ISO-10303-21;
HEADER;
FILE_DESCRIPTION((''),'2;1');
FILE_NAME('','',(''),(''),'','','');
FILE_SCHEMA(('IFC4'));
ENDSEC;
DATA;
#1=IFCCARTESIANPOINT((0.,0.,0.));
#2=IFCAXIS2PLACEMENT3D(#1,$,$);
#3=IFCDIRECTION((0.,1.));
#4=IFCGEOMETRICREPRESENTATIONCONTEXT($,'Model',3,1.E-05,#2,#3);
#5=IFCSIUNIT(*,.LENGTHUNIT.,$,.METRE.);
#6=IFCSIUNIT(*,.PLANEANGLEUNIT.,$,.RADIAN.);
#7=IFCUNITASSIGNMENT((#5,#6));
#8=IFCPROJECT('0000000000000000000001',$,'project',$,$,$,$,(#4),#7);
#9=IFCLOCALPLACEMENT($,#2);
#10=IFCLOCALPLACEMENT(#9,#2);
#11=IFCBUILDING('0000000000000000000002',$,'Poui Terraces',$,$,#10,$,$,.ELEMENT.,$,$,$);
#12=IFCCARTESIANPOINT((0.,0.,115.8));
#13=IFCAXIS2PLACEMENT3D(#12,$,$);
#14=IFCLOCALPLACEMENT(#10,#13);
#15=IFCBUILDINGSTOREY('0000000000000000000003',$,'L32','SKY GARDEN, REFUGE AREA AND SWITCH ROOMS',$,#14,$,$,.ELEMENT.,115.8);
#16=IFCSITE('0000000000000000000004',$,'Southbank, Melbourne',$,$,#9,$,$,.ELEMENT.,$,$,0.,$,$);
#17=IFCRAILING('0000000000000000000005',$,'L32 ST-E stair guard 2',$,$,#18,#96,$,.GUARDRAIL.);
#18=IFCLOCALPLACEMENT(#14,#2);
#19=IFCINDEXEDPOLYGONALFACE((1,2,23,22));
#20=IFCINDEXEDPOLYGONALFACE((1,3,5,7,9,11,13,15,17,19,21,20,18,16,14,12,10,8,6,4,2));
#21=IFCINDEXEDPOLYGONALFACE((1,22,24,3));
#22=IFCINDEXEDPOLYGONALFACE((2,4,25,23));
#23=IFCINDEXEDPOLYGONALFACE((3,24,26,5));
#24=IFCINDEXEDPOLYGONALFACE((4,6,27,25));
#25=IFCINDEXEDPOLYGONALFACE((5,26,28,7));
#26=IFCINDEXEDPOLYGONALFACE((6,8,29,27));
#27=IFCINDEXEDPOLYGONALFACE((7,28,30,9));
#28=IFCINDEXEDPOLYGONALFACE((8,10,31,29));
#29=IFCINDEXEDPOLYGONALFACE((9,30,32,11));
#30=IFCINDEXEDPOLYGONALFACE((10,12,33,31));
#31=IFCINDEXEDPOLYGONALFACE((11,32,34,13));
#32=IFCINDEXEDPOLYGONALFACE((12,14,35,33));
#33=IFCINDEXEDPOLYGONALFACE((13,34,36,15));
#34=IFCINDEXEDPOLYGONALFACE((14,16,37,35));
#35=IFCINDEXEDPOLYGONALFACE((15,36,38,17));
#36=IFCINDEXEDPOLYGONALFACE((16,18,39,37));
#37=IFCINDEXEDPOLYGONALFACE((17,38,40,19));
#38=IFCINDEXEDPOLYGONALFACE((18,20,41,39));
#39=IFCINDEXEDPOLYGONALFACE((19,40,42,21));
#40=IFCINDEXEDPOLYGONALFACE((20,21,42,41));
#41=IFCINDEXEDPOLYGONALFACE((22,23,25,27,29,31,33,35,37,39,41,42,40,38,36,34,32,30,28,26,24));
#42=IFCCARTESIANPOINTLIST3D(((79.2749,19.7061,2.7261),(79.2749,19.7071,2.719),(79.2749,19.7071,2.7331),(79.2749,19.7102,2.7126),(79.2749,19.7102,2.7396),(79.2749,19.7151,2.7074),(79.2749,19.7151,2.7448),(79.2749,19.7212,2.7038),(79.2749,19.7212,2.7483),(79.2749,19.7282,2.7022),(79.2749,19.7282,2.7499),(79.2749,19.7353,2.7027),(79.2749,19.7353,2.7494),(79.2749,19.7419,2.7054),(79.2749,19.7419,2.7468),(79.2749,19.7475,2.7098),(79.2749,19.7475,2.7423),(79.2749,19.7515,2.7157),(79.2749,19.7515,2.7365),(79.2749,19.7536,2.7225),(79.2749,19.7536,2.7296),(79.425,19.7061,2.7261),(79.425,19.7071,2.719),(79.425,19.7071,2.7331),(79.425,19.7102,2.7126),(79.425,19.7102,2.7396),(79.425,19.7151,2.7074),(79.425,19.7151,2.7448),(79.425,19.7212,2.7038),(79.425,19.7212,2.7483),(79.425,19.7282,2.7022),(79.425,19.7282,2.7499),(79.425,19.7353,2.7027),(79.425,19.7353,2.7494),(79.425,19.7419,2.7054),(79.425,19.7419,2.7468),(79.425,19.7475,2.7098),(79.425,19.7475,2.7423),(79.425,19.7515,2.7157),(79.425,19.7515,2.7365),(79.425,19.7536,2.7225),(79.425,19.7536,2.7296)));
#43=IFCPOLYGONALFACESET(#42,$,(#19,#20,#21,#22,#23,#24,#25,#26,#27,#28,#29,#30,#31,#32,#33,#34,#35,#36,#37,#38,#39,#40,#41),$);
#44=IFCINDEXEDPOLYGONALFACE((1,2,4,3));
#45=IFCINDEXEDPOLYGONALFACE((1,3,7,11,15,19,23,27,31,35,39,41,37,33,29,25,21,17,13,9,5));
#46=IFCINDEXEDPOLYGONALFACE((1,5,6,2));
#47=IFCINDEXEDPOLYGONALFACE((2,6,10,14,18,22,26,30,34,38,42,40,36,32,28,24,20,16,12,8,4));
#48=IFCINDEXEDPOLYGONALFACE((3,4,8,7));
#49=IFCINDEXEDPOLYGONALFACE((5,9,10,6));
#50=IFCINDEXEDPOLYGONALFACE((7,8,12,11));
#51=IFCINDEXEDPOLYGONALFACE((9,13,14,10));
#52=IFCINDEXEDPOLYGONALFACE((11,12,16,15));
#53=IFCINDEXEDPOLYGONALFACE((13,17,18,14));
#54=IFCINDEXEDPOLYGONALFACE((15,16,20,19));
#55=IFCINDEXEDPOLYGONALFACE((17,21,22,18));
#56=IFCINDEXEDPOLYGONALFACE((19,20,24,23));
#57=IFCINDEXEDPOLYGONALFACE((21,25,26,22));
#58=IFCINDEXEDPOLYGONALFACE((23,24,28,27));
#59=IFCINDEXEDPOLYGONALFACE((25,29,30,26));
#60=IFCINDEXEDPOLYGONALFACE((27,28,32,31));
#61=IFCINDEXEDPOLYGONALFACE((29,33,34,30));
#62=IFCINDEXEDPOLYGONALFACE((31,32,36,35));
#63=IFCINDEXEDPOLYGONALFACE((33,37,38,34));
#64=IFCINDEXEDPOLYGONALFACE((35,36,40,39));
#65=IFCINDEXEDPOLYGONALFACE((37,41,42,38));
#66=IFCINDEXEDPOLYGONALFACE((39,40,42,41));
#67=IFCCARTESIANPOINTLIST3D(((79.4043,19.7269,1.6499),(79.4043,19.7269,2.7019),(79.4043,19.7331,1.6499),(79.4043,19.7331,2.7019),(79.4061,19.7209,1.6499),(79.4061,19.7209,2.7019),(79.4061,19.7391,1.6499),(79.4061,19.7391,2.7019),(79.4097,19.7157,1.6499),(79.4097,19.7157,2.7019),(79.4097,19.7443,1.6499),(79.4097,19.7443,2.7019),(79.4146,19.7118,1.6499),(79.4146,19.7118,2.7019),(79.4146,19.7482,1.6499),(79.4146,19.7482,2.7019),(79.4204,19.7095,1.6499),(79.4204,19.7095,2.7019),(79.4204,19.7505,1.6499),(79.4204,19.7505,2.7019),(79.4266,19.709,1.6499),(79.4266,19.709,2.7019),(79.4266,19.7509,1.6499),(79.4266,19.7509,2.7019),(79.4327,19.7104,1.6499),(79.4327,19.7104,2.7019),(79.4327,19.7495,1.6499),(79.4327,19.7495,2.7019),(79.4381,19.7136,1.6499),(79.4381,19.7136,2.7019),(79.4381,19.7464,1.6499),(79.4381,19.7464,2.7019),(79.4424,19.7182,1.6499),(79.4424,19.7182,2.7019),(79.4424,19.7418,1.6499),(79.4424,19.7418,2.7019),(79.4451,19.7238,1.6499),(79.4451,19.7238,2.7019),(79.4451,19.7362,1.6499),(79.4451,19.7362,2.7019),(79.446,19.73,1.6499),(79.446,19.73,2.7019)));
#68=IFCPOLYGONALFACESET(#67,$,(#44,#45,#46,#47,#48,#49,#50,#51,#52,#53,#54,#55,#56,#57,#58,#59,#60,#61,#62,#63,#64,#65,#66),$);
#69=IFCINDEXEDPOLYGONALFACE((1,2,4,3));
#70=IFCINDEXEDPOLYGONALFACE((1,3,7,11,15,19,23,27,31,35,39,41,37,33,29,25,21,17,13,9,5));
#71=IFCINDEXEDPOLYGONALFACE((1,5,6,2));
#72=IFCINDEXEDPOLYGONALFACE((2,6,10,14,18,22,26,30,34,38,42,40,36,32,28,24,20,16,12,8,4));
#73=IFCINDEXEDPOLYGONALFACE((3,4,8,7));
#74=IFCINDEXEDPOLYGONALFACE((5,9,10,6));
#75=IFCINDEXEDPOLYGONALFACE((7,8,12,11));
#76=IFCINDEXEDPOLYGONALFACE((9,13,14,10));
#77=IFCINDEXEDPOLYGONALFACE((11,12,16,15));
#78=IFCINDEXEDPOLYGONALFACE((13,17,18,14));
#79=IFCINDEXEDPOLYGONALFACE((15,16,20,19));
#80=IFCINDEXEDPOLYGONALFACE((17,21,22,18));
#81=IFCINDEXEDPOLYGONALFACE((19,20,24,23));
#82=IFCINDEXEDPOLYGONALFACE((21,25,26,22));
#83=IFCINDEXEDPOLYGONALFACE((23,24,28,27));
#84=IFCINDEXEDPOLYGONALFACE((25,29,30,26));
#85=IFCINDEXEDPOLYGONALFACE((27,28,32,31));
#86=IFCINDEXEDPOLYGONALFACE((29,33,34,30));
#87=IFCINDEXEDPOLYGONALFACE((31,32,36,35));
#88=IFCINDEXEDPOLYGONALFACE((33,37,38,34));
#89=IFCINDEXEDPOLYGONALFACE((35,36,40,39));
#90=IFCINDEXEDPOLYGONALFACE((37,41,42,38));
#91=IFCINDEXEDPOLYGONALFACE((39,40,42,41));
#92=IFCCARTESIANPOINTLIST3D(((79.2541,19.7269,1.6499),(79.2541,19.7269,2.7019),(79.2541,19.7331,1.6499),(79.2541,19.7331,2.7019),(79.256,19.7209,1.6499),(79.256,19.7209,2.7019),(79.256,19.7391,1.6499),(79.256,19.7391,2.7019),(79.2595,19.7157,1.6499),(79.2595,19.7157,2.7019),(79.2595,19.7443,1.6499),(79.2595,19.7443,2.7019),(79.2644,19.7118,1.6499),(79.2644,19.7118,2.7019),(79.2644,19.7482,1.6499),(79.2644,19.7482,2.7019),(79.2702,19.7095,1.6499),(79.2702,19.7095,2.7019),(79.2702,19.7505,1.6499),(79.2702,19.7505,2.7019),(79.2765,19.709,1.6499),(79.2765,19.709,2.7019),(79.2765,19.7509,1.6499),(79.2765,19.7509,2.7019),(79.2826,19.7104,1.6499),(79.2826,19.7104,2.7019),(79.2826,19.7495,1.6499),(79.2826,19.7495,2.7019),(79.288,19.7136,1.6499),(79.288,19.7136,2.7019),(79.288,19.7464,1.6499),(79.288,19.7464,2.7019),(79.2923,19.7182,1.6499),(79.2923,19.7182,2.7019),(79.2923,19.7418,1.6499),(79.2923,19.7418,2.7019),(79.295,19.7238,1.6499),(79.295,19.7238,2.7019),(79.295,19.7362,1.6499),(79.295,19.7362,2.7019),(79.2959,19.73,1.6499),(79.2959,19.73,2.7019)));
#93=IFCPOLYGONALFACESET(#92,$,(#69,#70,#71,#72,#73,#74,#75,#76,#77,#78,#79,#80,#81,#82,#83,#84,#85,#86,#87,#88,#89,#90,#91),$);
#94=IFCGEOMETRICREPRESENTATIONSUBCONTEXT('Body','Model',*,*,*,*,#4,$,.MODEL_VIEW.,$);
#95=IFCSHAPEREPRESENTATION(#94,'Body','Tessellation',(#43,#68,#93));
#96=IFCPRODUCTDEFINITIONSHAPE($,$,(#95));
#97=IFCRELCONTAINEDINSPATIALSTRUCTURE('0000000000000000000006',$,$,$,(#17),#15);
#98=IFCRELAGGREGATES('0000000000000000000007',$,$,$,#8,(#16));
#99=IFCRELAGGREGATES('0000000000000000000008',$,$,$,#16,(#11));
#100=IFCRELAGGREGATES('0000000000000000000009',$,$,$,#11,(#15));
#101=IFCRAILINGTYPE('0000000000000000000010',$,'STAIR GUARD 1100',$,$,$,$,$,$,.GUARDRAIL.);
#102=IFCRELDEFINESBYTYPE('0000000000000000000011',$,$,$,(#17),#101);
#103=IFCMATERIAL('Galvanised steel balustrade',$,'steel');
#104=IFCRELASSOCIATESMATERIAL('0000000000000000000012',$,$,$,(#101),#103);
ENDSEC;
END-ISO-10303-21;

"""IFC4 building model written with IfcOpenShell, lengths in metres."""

from ifc_helpers import new_model, si_unit, direction, frame, origin, origin_2d, place, context, subcontext, project, spatial, circle, extrude, material, type_object, element, save


model = new_model("IFC4")

# Units and contexts
model_context = context("Model", 3, precision=1e-05, world=origin(), true_north=direction((0.0, 1.0)))
body_context = subcontext(model_context, "Body", "Model", "MODEL_VIEW")
ifc_project = project(units=[si_unit("LENGTHUNIT", "METRE"), si_unit("PLANEANGLEUNIT", "RADIAN")], contexts=[model_context])

# Site, building, storey
site_placement = place(None, origin())
site = spatial("IfcSite", under=ifc_project, at=site_placement, Name="Southbank, Melbourne", CompositionType="ELEMENT", RefElevation=0.0)
building_placement = place(site_placement, origin())
building = spatial("IfcBuilding", under=site, at=building_placement, Name="Poui Terraces", CompositionType="ELEMENT")
storey_placement = place(building_placement, frame((0.0, 0.0, 115.8)))
storey = spatial("IfcBuildingStorey", under=building, at=storey_placement, Name="L32", Description="SKY GARDEN, REFUGE AREA AND SWITCH ROOMS", CompositionType="ELEMENT", Elevation=115.8)

# Railing
ifc_material_1 = material(Name="Galvanised steel balustrade", Category="steel")
railing_type_1 = type_object("IfcRailingType", Name="STAIR GUARD 1100", PredefinedType="GUARDRAIL", material=ifc_material_1)
railing_1_placement = place(storey_placement, frame((79.425, 19.73, 1.6499)))
element("IfcRailing", 1, at=railing_1_placement, inside=storey, type_object=railing_type_1, Name="L32 ST-E stair guard 2", PredefinedType="GUARDRAIL", context=body_context, shape_type="SweptSolid", body=[
    extrude(circle(Radius=0.0239, at=origin_2d()), frame((0.0, 0.0, 1.0762), z_axis=(-1.0, 0.0, 0.0), x_axis=(0.0, -1.0, 0.0)), (0.0, 0.0, 1.0), 0.1501),
    extrude(circle(Radius=0.021, at=origin_2d()), origin(), (0.0, 0.0, 1.0), 1.052),
    extrude(circle(Radius=0.021, at=origin_2d()), frame((-0.1501, 0.0, 0.0)), (0.0, 0.0, 1.0), 1.052),
])

save(model, "model.ifc")
